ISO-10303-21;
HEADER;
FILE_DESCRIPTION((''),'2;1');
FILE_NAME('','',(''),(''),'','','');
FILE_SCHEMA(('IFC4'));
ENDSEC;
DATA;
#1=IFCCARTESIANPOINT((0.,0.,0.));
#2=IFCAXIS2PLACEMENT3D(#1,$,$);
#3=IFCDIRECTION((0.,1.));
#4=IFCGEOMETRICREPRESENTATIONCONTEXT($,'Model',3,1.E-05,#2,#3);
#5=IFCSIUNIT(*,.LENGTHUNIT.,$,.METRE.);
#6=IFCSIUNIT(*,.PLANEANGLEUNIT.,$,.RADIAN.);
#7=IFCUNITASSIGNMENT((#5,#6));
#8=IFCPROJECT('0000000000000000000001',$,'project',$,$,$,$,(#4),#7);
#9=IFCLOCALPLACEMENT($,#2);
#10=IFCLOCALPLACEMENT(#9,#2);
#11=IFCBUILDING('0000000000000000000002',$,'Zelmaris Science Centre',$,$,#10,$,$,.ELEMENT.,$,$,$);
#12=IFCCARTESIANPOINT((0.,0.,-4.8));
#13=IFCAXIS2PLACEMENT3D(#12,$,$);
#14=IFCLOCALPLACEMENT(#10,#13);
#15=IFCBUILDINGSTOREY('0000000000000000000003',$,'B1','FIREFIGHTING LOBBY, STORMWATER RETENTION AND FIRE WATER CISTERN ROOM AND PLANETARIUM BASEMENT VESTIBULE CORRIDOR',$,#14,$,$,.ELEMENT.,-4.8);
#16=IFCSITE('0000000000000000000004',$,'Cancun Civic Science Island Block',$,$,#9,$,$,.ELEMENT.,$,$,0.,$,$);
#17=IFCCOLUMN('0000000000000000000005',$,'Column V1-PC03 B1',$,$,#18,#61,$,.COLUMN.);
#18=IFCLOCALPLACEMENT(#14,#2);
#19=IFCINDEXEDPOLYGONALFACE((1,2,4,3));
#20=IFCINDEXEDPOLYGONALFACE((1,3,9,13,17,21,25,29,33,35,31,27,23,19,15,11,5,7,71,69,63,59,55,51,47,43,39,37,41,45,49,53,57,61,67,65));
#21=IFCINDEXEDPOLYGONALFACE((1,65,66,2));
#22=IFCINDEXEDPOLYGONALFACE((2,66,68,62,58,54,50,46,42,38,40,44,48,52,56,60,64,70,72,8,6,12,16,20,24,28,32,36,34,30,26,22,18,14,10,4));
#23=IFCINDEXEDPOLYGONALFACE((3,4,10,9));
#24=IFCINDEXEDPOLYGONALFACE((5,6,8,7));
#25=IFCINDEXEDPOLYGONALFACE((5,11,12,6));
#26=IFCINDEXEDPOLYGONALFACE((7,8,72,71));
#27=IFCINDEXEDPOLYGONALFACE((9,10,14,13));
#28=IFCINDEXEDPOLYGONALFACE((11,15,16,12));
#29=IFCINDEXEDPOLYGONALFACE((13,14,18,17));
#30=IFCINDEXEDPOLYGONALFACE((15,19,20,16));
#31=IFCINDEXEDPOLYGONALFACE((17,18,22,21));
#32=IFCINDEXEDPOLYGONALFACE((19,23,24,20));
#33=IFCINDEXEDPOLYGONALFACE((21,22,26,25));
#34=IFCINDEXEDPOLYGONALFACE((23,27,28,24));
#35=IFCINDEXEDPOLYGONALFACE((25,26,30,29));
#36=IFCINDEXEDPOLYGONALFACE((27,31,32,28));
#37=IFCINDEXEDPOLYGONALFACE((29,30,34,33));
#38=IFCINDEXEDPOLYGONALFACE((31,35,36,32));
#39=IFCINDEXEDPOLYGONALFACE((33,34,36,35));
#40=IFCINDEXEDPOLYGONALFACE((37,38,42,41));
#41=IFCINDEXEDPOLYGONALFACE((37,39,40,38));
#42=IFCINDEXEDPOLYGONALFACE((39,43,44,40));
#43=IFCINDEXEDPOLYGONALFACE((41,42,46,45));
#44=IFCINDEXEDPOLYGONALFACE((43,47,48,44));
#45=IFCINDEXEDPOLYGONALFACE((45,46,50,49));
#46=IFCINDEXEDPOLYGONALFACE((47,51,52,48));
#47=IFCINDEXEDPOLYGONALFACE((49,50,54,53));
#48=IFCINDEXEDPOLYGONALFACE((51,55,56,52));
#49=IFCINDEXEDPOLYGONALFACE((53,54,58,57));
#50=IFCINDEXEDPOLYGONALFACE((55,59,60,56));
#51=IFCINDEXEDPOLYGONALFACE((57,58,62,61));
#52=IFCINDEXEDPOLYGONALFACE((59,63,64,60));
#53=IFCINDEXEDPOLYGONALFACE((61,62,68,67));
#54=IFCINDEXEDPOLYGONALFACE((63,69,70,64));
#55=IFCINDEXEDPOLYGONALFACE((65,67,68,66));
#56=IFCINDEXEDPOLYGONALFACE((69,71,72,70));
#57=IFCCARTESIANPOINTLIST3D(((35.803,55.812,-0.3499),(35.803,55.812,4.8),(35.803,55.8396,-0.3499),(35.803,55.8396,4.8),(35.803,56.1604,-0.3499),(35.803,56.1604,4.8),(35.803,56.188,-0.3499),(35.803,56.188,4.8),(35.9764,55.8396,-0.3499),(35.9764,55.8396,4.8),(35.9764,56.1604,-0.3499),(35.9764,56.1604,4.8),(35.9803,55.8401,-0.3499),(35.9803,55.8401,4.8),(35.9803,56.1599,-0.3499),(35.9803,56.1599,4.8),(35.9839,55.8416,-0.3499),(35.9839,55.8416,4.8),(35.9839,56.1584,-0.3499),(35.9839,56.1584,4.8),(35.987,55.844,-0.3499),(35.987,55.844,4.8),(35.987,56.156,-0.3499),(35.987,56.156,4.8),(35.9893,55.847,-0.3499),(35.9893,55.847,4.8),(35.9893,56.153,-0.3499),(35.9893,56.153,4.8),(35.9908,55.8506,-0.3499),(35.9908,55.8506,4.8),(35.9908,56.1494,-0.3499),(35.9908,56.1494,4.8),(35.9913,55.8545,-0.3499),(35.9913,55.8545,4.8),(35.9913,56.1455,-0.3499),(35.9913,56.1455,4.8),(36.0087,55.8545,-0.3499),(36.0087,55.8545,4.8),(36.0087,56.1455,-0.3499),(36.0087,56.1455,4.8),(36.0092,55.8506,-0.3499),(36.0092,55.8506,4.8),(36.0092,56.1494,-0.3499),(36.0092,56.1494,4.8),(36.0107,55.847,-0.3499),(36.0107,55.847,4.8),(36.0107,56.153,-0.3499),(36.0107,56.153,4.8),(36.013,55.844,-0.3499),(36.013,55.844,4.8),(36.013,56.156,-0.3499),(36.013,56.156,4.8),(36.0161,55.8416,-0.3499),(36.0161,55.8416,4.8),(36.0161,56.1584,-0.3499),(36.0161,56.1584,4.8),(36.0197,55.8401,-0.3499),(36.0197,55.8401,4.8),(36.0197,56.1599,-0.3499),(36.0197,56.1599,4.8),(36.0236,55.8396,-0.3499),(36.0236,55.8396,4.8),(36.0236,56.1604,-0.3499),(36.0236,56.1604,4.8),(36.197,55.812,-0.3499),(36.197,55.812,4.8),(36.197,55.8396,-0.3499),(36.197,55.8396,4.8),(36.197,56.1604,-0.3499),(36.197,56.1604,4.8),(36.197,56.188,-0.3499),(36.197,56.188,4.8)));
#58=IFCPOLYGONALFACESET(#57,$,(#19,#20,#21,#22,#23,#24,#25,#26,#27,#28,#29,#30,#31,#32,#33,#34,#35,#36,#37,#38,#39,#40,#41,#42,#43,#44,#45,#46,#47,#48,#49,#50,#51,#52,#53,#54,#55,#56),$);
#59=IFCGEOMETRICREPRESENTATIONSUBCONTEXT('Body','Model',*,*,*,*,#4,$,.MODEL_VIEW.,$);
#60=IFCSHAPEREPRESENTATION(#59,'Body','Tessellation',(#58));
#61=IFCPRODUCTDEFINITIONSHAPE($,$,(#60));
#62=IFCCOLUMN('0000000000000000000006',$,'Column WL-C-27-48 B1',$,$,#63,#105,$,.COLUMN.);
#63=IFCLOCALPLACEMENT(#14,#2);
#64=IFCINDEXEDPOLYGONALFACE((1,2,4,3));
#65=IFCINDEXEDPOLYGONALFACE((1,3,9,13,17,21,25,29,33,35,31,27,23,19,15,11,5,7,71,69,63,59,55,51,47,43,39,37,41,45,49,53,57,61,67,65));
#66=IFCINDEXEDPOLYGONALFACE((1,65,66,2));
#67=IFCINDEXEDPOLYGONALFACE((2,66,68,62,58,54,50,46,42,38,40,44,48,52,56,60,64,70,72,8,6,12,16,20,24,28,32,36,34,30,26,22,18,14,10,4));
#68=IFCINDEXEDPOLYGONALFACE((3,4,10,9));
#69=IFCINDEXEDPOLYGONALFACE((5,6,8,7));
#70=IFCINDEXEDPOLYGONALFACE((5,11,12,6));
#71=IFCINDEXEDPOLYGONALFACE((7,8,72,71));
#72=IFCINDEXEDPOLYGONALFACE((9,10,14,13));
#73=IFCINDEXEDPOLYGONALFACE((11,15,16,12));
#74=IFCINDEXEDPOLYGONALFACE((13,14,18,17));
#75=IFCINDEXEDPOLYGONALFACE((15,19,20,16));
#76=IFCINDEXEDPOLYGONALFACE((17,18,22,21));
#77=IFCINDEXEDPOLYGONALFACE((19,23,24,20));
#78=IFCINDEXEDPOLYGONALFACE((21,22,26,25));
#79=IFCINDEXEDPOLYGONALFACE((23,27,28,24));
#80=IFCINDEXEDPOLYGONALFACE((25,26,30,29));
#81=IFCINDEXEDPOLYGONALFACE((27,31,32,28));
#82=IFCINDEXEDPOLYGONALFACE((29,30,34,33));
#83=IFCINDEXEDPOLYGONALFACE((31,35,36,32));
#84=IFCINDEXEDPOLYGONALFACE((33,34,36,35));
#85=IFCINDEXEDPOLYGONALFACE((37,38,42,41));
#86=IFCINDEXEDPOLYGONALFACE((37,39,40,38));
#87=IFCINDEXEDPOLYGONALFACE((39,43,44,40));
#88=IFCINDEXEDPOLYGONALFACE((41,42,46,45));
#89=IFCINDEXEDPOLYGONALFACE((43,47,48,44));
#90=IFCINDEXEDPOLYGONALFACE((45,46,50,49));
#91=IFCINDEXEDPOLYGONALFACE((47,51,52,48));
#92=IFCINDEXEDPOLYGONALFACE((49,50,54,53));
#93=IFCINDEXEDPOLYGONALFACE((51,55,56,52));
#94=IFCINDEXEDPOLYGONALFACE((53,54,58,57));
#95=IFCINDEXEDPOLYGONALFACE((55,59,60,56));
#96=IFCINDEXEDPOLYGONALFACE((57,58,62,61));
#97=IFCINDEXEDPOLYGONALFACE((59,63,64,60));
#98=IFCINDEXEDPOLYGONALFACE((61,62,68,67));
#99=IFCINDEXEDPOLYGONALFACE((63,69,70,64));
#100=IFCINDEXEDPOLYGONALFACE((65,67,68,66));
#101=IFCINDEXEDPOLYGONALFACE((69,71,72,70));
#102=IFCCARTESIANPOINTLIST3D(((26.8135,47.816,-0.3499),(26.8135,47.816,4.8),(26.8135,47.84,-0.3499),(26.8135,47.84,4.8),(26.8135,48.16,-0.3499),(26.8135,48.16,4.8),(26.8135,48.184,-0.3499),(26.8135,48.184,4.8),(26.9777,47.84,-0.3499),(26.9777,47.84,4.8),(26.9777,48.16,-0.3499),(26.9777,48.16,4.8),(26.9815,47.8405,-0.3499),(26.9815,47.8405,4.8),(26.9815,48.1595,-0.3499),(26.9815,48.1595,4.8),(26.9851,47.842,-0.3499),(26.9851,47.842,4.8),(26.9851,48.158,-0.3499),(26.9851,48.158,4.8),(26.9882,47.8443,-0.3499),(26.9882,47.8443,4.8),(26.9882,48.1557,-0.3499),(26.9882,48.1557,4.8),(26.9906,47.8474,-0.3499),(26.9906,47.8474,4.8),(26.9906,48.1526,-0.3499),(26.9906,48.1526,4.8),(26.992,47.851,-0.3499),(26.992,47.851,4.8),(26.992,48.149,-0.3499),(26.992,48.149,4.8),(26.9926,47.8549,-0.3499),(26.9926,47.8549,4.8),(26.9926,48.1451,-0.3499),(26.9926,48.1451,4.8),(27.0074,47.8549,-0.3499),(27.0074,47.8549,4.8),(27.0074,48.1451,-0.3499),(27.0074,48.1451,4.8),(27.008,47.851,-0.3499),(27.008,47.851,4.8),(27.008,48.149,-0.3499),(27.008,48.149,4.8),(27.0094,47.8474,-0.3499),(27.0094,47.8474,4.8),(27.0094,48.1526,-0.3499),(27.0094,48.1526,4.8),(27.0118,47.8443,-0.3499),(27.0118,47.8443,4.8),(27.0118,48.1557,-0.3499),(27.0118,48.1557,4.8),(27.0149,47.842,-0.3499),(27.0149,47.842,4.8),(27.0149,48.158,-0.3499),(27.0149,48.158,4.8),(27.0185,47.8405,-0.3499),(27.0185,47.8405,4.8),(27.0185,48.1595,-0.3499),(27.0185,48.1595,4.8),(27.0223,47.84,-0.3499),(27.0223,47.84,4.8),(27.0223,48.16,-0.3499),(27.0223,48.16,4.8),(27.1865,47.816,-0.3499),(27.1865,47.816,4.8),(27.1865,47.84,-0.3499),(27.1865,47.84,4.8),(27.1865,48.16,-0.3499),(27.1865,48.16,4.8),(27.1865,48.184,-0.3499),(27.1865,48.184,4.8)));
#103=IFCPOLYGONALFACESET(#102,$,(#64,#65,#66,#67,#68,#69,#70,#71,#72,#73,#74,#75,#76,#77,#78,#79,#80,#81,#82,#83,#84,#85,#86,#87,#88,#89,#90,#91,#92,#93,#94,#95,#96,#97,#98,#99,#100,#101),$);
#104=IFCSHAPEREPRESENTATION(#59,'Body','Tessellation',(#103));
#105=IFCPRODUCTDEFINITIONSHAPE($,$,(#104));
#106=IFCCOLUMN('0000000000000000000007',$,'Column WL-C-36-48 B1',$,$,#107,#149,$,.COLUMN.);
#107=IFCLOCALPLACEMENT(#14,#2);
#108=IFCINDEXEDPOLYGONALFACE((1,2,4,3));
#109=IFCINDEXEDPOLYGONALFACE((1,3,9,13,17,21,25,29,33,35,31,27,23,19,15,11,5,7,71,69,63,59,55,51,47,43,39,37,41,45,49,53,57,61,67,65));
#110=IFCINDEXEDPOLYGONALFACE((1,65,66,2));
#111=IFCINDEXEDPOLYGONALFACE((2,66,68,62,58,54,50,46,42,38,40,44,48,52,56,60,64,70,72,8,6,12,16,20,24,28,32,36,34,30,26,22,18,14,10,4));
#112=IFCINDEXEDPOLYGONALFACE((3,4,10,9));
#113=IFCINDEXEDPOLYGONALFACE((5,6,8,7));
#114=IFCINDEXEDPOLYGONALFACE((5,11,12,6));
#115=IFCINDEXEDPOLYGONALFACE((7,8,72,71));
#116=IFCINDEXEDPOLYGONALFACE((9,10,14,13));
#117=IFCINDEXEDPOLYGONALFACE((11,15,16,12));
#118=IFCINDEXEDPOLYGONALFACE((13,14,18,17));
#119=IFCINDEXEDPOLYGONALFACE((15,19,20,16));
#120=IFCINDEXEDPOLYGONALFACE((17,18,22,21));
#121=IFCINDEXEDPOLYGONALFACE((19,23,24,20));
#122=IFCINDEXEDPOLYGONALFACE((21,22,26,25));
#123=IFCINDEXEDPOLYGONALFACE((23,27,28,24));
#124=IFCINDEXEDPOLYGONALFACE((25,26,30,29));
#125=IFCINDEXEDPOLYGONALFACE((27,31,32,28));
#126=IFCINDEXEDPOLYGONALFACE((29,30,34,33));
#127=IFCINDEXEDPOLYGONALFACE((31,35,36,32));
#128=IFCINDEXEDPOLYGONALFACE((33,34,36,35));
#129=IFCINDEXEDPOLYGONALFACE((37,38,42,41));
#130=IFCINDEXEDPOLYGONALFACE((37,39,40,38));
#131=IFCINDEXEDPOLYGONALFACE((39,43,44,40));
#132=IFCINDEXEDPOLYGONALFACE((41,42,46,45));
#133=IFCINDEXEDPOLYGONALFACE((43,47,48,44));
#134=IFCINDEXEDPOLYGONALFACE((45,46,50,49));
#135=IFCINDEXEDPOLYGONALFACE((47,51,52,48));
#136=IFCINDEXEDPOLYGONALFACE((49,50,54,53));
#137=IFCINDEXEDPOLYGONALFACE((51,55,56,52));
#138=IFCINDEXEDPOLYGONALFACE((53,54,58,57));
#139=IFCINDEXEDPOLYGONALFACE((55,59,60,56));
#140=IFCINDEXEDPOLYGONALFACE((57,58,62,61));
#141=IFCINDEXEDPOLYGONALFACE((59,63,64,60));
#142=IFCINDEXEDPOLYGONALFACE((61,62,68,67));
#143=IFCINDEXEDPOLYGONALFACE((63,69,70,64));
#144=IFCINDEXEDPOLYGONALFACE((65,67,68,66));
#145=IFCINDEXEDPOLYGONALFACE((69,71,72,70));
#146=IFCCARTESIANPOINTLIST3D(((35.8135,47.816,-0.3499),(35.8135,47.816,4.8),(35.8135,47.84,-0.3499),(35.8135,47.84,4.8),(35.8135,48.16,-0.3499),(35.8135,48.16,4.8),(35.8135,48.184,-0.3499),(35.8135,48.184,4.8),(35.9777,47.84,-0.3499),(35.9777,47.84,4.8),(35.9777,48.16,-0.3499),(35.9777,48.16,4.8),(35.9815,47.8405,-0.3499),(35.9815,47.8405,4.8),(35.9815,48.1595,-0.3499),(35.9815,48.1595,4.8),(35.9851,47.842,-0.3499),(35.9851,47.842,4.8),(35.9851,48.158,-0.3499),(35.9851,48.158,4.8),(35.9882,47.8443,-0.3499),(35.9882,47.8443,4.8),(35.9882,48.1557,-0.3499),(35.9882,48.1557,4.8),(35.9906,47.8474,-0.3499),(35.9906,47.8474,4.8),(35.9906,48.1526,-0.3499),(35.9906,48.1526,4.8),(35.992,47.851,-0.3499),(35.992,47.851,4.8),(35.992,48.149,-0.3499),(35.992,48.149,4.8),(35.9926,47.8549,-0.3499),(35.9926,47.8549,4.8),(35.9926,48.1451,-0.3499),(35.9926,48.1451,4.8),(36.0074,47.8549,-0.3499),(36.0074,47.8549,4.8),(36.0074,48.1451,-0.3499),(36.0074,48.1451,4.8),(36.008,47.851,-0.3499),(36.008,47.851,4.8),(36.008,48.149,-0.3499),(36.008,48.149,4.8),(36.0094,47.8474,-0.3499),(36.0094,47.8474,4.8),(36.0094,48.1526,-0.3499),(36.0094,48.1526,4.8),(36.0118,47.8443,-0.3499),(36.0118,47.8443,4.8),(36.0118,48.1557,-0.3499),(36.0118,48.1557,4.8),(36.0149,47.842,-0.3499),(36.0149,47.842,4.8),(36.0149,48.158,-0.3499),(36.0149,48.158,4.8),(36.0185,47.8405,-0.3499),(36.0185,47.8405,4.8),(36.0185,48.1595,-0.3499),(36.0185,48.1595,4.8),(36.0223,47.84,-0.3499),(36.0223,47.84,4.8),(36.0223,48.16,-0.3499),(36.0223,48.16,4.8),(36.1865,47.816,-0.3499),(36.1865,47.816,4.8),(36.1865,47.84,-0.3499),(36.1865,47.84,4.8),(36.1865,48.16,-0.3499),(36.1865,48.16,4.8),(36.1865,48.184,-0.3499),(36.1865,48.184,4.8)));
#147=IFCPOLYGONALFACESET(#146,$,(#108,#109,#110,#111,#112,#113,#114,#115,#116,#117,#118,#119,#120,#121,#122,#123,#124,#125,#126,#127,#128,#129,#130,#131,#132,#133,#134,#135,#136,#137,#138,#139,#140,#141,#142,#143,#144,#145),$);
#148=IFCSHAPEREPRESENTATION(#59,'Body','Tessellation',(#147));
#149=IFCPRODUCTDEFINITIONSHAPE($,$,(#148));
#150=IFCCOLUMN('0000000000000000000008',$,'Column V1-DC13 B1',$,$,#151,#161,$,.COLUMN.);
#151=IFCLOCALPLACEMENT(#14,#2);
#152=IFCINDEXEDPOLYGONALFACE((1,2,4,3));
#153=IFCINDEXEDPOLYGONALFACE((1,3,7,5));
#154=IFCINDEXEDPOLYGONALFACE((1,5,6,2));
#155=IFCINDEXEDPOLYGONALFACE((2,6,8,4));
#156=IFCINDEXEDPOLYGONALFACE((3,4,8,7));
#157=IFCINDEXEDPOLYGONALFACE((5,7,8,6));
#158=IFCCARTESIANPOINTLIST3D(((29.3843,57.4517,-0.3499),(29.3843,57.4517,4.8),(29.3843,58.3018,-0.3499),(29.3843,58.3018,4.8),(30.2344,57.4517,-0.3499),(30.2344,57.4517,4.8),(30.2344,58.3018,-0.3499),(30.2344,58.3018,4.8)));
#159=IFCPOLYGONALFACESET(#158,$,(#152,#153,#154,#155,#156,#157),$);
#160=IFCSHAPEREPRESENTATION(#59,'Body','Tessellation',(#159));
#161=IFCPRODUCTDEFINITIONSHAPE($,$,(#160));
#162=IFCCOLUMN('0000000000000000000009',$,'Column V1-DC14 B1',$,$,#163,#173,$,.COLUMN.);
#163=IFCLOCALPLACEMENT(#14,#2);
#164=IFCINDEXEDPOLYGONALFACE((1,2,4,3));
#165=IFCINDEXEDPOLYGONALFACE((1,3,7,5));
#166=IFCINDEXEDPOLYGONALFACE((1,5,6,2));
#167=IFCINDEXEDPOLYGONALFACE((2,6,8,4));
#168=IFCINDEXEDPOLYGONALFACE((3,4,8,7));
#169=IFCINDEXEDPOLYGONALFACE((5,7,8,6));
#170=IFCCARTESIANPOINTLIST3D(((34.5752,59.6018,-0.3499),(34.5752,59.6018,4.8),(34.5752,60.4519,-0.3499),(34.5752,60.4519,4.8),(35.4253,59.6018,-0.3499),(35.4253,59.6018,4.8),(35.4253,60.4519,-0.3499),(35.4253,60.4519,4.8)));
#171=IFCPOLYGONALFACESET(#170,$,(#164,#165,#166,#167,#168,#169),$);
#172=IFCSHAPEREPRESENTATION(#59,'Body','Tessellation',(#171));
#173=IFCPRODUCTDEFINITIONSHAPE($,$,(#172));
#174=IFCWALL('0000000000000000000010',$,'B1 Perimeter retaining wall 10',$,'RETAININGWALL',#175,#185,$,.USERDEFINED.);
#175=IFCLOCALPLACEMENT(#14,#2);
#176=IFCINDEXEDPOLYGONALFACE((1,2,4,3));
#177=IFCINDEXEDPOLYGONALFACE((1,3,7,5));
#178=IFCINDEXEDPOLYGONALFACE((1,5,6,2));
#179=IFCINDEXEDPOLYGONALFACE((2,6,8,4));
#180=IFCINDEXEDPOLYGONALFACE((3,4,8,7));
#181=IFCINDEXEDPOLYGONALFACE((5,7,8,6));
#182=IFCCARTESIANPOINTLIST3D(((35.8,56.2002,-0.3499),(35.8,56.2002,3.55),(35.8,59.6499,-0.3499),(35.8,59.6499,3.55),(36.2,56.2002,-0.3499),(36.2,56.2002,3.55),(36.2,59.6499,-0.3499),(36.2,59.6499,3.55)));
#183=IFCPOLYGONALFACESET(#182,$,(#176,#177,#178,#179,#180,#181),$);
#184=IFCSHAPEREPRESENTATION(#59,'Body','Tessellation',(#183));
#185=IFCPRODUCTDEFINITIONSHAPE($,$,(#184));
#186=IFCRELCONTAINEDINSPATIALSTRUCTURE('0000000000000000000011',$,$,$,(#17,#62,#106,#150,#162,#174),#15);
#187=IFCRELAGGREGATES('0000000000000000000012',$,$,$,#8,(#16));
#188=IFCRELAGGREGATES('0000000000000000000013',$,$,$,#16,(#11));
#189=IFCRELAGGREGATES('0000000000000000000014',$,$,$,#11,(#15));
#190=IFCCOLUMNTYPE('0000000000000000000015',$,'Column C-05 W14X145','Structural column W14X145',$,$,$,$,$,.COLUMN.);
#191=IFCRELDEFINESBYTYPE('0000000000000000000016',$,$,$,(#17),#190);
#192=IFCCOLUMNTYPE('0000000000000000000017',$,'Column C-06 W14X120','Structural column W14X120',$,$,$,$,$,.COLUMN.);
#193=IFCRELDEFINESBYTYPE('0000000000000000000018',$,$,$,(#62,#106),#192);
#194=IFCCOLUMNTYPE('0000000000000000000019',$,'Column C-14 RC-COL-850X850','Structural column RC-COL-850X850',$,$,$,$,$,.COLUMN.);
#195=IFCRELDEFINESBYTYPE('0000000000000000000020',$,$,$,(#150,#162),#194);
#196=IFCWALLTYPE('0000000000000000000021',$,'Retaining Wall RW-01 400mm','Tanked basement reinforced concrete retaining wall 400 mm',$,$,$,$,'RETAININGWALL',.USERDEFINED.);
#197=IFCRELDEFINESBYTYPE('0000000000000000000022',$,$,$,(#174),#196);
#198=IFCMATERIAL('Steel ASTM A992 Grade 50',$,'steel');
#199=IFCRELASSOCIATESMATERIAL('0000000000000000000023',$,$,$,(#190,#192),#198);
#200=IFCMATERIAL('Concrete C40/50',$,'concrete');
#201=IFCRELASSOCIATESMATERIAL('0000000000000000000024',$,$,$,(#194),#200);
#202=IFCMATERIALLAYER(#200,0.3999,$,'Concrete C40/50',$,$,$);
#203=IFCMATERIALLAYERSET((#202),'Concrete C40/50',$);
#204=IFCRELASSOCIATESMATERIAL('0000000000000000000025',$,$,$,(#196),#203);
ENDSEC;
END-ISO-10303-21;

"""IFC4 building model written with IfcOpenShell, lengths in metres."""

from ifc_helpers import new_model, si_unit, direction, frame, frame_2d, origin, origin_2d, place, context, subcontext, project, spatial, rectangle, i_section, extrude, material, layer, layer_set, material_profile, profile_set, type_object, element, save


model = new_model("IFC4")

# Units and contexts
model_context = context("Model", 3, precision=1e-05, world=origin(), true_north=direction((0.0, 1.0)))
body_context = subcontext(model_context, "Body", "Model", "MODEL_VIEW")
ifc_project = project(units=[si_unit("LENGTHUNIT", "METRE"), si_unit("PLANEANGLEUNIT", "RADIAN")], contexts=[model_context])

# Site, building, storey
site_placement = place(None, origin())
site = spatial("IfcSite", under=ifc_project, at=site_placement, Name="Cancun Civic Science Island Block", CompositionType="ELEMENT", RefElevation=0.0)
building_placement = place(site_placement, origin())
building = spatial("IfcBuilding", under=site, at=building_placement, Name="Zelmaris Science Centre", CompositionType="ELEMENT")
storey_placement = place(building_placement, frame((0.0, 0.0, -4.8)))
storey = spatial("IfcBuildingStorey", under=building, at=storey_placement, Name="B1", Description="FIREFIGHTING LOBBY, STORMWATER RETENTION AND FIRE WATER CISTERN ROOM AND PLANETARIUM BASEMENT VESTIBULE CORRIDOR", CompositionType="ELEMENT", Elevation=-4.8)

# Shared definitions
ifc_material_1 = material(Name="Concrete C40/50", Category="concrete")

# Columns
ifc_material_2 = material(Name="Steel ASTM A992 Grade 50", Category="steel")
ifc_material_profile_1 = material_profile(ifc_material_2, i_section(OverallWidth=0.394, OverallDepth=0.376, WebThickness=0.0173, FlangeThickness=0.0276, FilletRadius=0.0149, at=origin_2d()), Name="W14X145")
ifc_profile_set_1 = profile_set([ifc_material_profile_1], Name="Steel ASTM A992 Grade 50")
column_type_1 = type_object("IfcColumnType", Name="Column C-05 W14X145", Description="Structural column W14X145", PredefinedType="COLUMN", material=ifc_profile_set_1)
for number, where, z_axis, x_axis, name in (
    (1, (36.0, 56.0, -0.3499), (0.0, 0.0, 1.0), (1.0, 0.0, 0.0), "Column V1-PC03 B1"),
):
    element("IfcColumn", number, at=place(storey_placement, frame(where, z_axis=z_axis, x_axis=x_axis)), inside=storey, type_object=column_type_1, Name=name, PredefinedType="COLUMN", context=body_context, shape_type="SweptSolid", body=[
        extrude(i_section(OverallWidth=0.394, OverallDepth=0.376, WebThickness=0.0173, FlangeThickness=0.0276, FilletRadius=0.0149, at=origin_2d()), origin(), (0.0, 0.0, 1.0), 5.1499),
    ])
ifc_material_profile_2 = material_profile(ifc_material_2, i_section(OverallWidth=0.373, OverallDepth=0.3679, WebThickness=0.0149, FlangeThickness=0.0239, FilletRadius=0.0149, at=origin_2d()), Name="W14X120")
ifc_profile_set_2 = profile_set([ifc_material_profile_2], Name="Steel ASTM A992 Grade 50")
column_type_2 = type_object("IfcColumnType", Name="Column C-06 W14X120", Description="Structural column W14X120", PredefinedType="COLUMN", material=ifc_profile_set_2)
for number, where, z_axis, x_axis, name in (
    (2, (27.0, 48.0, -0.3499), (0.0, 0.0, 1.0), (1.0, 0.0, 0.0), "Column WL-C-27-48 B1"),
    (3, (36.0, 48.0, -0.3499), (0.0, 0.0, 1.0), (1.0, 0.0, 0.0), "Column WL-C-36-48 B1"),
):
    element("IfcColumn", number, at=place(storey_placement, frame(where, z_axis=z_axis, x_axis=x_axis)), inside=storey, type_object=column_type_2, Name=name, PredefinedType="COLUMN", context=body_context, shape_type="SweptSolid", body=[
        extrude(i_section(OverallWidth=0.373, OverallDepth=0.3679, WebThickness=0.0149, FlangeThickness=0.0239, FilletRadius=0.0149, at=origin_2d()), origin(), (0.0, 0.0, 1.0), 5.1499),
    ])
ifc_material_profile_3 = material_profile(ifc_material_1, rectangle(XDim=0.8501, YDim=0.8501, at=origin_2d()), Name="RC-COL-850X850")
ifc_profile_set_3 = profile_set([ifc_material_profile_3], Name="Concrete C40/50")
column_type_3 = type_object("IfcColumnType", Name="Column C-14 RC-COL-850X850", Description="Structural column RC-COL-850X850", PredefinedType="COLUMN", material=ifc_profile_set_3)
for number, where, z_axis, x_axis, name in (
    (4, (29.8093, 57.8767, -0.3499), (0.0, 0.0, 1.0), (1.0, 0.0, 0.0), "Column V1-DC13 B1"),
    (5, (35.0002, 60.0269, -0.3499), (0.0, 0.0, 1.0), (1.0, 0.0, 0.0), "Column V1-DC14 B1"),
):
    element("IfcColumn", number, at=place(storey_placement, frame(where, z_axis=z_axis, x_axis=x_axis)), inside=storey, type_object=column_type_3, Name=name, PredefinedType="COLUMN", context=body_context, shape_type="SweptSolid", body=[
        extrude(rectangle(XDim=0.8501, YDim=0.8501, at=origin_2d()), origin(), (0.0, 0.0, 1.0), 5.1499),
    ])

# Wall
ifc_layer = layer(ifc_material_1, 0.3999, Name="Concrete C40/50")
ifc_layer_set = layer_set([ifc_layer], Name="Concrete C40/50")
wall_type = type_object("IfcWallType", Name="Retaining Wall RW-01 400mm", Description="Tanked basement reinforced concrete retaining wall 400 mm", ElementType="RETAININGWALL", PredefinedType="USERDEFINED", material=ifc_layer_set)
wall_placement = place(storey_placement, frame((36.0, 59.6499, -0.3499), z_axis=(0.0, 0.0, 1.0), x_axis=(0.0, -1.0, 0.0)))
element("IfcWall", 6, at=wall_placement, inside=storey, type_object=wall_type, Name="B1 Perimeter retaining wall 10", ObjectType="RETAININGWALL", PredefinedType="USERDEFINED", context=body_context, shape_type="SweptSolid", body=[
    extrude(rectangle(XDim=3.4497, YDim=0.3999, at=frame_2d((1.7249, 0.0))), origin(), (0.0, 0.0, 1.0), 3.8999),
])

save(model, "model.ifc")
